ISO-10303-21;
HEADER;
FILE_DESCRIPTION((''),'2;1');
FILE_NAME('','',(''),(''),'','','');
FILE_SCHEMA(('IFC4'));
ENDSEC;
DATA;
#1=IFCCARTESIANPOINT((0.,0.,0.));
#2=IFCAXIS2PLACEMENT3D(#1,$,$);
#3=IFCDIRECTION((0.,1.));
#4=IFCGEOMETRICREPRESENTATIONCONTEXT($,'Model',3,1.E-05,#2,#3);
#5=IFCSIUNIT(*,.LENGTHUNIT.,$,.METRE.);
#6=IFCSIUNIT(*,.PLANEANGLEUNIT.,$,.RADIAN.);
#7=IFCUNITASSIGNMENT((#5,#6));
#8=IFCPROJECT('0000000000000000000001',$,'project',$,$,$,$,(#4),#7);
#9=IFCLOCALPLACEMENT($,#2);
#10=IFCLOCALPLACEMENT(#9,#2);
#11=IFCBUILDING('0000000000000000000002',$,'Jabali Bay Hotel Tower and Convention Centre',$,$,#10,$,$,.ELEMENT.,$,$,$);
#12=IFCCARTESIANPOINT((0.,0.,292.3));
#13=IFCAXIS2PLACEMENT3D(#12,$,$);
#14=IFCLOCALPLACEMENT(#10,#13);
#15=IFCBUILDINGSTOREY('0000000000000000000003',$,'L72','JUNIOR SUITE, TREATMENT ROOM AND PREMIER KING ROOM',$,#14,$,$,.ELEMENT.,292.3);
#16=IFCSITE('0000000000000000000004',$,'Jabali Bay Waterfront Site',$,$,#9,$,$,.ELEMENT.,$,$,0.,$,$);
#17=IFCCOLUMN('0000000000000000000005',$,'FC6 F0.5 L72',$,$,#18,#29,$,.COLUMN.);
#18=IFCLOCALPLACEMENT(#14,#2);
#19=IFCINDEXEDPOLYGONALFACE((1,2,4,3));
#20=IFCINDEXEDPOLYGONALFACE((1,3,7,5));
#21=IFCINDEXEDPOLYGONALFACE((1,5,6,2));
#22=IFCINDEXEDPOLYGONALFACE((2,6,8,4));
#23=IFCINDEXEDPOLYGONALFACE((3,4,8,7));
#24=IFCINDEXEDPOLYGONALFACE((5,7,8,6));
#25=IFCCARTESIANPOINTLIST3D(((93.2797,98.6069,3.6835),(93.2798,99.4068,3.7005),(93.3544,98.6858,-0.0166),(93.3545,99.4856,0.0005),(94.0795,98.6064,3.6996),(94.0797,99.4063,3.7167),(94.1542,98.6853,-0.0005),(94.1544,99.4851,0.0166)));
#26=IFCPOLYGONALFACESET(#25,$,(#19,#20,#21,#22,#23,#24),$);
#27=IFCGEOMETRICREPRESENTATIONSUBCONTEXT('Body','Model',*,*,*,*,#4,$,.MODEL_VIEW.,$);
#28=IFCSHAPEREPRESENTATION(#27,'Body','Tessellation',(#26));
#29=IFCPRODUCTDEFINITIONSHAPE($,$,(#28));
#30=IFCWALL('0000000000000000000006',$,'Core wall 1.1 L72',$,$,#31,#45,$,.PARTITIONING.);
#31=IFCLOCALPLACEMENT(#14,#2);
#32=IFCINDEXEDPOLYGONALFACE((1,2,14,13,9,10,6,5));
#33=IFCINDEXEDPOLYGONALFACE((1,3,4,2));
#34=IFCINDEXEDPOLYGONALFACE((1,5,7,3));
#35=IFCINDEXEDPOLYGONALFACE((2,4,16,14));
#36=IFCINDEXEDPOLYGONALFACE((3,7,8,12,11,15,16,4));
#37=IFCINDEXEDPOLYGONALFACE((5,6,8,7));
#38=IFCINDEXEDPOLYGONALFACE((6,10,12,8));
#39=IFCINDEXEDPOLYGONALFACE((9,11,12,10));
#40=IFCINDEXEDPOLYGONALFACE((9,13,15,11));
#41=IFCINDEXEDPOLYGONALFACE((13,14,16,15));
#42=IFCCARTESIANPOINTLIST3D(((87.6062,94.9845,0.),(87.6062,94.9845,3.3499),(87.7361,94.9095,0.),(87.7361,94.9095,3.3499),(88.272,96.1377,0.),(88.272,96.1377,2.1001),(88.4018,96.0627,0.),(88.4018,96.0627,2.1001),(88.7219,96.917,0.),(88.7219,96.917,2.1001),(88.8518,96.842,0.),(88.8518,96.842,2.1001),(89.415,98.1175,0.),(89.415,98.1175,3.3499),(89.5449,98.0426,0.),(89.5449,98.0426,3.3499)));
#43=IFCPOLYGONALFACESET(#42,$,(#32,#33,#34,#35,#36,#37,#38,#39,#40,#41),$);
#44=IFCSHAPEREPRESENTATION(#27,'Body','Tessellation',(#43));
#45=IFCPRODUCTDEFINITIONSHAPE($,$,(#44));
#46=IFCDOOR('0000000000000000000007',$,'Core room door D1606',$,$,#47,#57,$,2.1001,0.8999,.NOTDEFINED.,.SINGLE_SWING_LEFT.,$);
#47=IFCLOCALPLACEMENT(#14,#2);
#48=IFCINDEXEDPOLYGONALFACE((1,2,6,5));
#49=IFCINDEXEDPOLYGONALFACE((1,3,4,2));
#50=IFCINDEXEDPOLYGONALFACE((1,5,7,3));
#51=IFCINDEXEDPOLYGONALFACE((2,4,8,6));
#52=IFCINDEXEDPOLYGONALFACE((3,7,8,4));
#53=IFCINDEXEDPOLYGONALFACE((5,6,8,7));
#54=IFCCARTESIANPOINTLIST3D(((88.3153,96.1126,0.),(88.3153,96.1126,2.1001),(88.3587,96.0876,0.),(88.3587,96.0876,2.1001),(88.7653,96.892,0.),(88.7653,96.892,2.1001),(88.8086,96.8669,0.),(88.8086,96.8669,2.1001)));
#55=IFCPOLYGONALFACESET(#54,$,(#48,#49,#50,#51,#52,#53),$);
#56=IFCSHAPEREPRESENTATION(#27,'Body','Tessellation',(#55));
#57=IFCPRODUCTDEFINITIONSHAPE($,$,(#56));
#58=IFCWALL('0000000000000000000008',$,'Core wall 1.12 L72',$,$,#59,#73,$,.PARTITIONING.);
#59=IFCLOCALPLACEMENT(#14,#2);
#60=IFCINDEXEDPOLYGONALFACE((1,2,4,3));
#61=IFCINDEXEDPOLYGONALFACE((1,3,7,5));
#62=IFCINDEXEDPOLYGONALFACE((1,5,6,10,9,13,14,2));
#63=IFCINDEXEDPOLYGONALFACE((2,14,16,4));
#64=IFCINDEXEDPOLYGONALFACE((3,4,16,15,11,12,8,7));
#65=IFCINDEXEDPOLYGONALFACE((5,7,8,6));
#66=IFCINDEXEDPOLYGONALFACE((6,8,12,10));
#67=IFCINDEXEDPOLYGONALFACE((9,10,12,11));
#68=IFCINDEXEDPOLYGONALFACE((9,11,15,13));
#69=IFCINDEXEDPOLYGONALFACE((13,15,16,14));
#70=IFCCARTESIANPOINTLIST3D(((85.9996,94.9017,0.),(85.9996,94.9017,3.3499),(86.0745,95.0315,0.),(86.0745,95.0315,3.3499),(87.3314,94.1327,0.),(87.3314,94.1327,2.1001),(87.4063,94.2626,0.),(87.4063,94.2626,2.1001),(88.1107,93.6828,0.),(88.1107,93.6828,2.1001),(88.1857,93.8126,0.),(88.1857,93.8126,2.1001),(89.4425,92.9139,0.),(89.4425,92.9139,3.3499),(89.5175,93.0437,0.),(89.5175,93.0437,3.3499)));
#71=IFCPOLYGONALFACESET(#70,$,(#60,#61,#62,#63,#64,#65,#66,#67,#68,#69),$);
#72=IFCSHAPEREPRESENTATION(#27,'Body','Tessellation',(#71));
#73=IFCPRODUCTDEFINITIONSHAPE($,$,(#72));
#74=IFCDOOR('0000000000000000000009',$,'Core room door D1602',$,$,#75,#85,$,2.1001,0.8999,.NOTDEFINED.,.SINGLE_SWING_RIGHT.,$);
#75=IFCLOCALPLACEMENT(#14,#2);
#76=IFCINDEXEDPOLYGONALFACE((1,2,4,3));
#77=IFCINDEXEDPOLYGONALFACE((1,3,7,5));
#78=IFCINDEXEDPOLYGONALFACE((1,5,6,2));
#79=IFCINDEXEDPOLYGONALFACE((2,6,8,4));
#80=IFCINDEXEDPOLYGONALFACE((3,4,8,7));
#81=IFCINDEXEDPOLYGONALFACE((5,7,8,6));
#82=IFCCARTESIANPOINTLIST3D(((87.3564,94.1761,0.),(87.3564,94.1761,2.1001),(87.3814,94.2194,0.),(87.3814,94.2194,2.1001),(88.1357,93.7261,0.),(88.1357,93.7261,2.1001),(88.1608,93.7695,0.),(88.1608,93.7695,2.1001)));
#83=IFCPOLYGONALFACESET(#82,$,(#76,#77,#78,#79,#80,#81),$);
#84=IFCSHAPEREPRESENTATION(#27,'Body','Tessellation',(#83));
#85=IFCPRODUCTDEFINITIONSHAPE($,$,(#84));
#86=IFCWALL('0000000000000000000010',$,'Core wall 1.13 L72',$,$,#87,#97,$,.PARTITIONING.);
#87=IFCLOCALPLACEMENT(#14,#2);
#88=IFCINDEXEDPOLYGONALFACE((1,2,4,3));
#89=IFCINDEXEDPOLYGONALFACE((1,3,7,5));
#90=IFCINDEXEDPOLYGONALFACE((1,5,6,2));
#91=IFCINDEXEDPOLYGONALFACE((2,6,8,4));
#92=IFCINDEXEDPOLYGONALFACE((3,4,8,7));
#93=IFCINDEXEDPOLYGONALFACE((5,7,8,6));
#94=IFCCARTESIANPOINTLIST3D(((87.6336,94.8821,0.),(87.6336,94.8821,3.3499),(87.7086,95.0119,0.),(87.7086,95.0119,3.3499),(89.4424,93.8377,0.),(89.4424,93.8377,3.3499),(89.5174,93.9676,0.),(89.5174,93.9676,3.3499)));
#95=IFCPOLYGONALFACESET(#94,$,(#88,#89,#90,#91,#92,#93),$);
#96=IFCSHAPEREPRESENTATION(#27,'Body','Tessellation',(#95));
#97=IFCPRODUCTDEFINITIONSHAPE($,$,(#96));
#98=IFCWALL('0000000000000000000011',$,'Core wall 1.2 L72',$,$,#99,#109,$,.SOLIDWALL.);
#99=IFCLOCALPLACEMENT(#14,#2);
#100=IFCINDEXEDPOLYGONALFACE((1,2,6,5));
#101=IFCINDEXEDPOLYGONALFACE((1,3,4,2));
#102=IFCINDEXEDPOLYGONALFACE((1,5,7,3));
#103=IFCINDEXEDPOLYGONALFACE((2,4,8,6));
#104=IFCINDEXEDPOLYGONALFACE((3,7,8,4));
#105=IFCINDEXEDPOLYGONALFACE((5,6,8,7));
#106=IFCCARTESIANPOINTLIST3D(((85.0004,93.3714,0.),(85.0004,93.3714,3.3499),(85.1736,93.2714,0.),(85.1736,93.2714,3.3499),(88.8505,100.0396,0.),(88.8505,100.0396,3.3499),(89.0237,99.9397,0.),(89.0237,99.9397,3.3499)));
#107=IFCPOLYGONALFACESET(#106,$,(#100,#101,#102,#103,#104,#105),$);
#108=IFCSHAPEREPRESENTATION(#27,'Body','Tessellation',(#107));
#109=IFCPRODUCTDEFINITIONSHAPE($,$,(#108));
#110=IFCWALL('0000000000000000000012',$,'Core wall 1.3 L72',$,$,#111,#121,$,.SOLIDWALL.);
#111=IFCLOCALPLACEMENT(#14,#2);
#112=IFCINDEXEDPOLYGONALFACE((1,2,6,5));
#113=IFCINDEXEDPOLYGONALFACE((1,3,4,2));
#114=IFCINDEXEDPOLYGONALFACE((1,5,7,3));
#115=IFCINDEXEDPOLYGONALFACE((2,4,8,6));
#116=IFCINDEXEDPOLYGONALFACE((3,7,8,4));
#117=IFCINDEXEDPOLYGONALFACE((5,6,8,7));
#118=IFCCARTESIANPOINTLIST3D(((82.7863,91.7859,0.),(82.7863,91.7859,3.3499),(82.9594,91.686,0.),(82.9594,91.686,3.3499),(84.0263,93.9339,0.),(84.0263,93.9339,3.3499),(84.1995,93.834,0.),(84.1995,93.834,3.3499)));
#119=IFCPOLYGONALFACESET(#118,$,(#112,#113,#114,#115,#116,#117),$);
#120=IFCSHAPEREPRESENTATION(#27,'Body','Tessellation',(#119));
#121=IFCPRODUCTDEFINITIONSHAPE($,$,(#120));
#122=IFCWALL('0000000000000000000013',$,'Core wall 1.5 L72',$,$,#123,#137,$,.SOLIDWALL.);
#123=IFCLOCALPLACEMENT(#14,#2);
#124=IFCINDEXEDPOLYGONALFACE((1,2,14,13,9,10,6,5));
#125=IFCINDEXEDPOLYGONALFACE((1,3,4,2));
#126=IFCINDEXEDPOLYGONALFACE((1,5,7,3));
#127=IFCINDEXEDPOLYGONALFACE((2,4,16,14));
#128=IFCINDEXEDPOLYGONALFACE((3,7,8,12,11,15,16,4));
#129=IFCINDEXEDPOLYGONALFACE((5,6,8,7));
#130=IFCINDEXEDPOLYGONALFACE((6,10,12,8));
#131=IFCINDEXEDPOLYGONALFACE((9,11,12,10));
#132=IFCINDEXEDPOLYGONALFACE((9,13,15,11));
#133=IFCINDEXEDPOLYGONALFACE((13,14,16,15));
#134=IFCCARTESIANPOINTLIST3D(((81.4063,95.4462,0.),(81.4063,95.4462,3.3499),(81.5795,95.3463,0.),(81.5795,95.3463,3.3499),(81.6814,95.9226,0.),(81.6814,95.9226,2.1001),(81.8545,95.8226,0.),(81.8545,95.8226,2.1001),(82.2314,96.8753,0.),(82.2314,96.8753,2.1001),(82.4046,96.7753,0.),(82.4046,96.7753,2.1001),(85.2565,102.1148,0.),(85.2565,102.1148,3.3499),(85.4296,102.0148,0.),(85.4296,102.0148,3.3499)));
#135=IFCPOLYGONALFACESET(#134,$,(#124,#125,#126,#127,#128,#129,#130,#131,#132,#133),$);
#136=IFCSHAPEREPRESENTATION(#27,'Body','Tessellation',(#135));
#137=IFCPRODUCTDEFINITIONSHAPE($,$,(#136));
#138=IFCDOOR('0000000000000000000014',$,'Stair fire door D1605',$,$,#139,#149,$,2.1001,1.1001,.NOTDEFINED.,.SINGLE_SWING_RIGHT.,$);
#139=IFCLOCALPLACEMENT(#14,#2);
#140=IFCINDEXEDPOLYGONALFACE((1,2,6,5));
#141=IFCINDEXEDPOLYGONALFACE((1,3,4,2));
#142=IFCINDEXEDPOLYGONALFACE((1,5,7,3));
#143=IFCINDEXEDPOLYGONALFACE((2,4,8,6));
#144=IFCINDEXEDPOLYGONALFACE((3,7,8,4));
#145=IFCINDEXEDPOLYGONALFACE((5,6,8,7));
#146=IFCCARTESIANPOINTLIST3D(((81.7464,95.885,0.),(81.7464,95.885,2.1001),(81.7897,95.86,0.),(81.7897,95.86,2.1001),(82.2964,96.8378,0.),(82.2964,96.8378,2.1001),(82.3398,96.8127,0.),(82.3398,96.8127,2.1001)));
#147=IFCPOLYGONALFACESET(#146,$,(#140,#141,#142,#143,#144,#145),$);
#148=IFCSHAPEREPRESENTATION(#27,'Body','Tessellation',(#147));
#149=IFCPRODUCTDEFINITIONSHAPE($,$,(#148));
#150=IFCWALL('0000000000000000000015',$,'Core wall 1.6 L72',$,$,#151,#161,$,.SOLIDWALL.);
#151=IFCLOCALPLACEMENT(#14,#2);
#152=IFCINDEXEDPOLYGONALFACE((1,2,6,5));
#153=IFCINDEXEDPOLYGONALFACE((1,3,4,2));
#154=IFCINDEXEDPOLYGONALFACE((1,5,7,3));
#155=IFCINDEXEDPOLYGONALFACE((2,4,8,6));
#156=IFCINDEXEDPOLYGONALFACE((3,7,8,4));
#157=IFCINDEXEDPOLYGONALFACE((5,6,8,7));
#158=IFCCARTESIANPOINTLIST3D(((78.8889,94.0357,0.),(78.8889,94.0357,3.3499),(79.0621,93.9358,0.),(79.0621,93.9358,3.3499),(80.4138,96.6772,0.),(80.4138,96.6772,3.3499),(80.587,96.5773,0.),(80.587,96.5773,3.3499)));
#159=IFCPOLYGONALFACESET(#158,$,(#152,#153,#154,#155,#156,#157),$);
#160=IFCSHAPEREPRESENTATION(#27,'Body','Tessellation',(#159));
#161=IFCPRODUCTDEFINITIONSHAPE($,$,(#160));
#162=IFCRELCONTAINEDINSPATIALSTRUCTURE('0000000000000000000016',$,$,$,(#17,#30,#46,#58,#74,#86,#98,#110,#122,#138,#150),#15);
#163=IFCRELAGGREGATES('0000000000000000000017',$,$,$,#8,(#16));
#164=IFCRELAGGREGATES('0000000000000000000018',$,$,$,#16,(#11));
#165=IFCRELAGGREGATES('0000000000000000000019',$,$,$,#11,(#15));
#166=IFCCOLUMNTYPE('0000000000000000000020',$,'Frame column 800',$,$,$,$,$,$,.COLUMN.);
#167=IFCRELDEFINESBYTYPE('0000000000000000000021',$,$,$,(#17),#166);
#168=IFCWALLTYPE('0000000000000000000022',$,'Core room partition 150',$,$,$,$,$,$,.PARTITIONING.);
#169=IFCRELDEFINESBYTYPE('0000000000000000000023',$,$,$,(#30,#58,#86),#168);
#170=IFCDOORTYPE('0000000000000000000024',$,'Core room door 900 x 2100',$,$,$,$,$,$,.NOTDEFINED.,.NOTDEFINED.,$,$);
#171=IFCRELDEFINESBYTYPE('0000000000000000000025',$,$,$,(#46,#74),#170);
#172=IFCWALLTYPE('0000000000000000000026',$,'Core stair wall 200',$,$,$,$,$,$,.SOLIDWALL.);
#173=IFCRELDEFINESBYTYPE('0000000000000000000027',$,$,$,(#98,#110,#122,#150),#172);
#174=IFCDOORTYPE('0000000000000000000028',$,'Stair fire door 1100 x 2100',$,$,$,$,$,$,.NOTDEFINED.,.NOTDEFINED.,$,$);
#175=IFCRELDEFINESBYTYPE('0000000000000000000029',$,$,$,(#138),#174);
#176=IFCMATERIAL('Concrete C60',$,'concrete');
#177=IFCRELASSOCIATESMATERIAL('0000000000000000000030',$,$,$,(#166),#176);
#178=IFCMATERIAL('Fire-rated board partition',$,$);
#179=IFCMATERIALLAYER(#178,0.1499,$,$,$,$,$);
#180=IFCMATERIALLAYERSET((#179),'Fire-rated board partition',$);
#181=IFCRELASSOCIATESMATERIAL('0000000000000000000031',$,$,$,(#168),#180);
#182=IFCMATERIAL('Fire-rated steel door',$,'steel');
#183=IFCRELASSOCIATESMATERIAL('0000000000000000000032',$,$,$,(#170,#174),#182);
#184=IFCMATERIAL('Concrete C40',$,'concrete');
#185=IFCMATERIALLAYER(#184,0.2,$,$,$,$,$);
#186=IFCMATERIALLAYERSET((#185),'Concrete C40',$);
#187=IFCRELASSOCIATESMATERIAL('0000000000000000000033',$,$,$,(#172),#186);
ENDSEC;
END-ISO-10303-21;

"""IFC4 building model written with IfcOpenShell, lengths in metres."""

from ifc_helpers import new_model, si_unit, direction, frame, frame_2d, origin, origin_2d, place, context, subcontext, project, spatial, rectangle, extrude, material, layer, layer_set, material_profile, profile_set, type_object, element, fill, save


model = new_model("IFC4")

# Units and contexts
model_context = context("Model", 3, precision=1e-05, world=origin(), true_north=direction((0.0, 1.0)))
body_context = subcontext(model_context, "Body", "Model", "MODEL_VIEW")
ifc_project = project(units=[si_unit("LENGTHUNIT", "METRE"), si_unit("PLANEANGLEUNIT", "RADIAN")], contexts=[model_context])

# Site, building, storey
site_placement = place(None, origin())
site = spatial("IfcSite", under=ifc_project, at=site_placement, Name="Jabali Bay Waterfront Site", CompositionType="ELEMENT", RefElevation=0.0)
building_placement = place(site_placement, origin())
building = spatial("IfcBuilding", under=site, at=building_placement, Name="Jabali Bay Hotel Tower and Convention Centre", CompositionType="ELEMENT")
storey_placement = place(building_placement, frame((0.0, 0.0, 292.3)))
storey = spatial("IfcBuildingStorey", under=building, at=storey_placement, Name="L72", Description="JUNIOR SUITE, TREATMENT ROOM AND PREMIER KING ROOM", CompositionType="ELEMENT", Elevation=292.3)

# Column
ifc_material_1 = material(Name="Concrete C60", Category="concrete")
ifc_material_profile = material_profile(ifc_material_1, rectangle(XDim=0.8, YDim=0.8, at=origin_2d()), Name="Frame column 800")
ifc_profile_set = profile_set([ifc_material_profile], Name="Concrete C60")
column_type = type_object("IfcColumnType", Name="Frame column 800", PredefinedType="COLUMN", material=ifc_profile_set)
column_placement = place(storey_placement, frame((93.7544, 99.0854, 0.0), z_axis=(-0.020183, -0.021304, 0.999569), x_axis=(0.999796, -0.000652, 0.020173)))
element("IfcColumn", 1, at=column_placement, inside=storey, type_object=column_type, Name="FC6 F0.5 L72", PredefinedType="COLUMN", context=body_context, shape_type="SweptSolid", body=[
    extrude(rectangle(XDim=0.8, YDim=0.8, at=origin_2d()), origin(), (0.0, 0.0, 1.0), 3.7017),
])

# Walls, openings, doors
ifc_material_2 = material(Name="Fire-rated board partition")
ifc_layer_1 = layer(ifc_material_2, 0.1499)
ifc_layer_set_1 = layer_set([ifc_layer_1], Name="Fire-rated board partition")
wall_type_1 = type_object("IfcWallType", Name="Core room partition 150", PredefinedType="PARTITIONING", material=ifc_layer_set_1)
wall_1_placement = place(storey_placement, frame((87.6711, 94.947, 0.0), z_axis=(0.0, 0.0, 1.0), x_axis=(0.499993, 0.866029, 0.0)))
wall_1 = element("IfcWall", 2, at=wall_1_placement, inside=storey, type_object=wall_type_1, Name="Core wall 1.1 L72", PredefinedType="PARTITIONING", context=body_context, shape_type="SweptSolid", body=[
    extrude(rectangle(XDim=3.6177, YDim=0.1499, at=frame_2d((1.8088, 0.0))), origin(), (0.0, 0.0, 1.0), 3.3499),
])
opening_1_placement = place(wall_1_placement, frame((1.3315, 0.0, 0.0)))
opening_1 = element("IfcOpeningElement", 3, at=opening_1_placement, cuts=wall_1, PredefinedType="OPENING", context=body_context, shape_type="SweptSolid", body=[
    extrude(rectangle(XDim=0.8999, YDim=2.1001, at=frame_2d((0.45, 1.05))), frame((0.0, 0.0854, 0.0), z_axis=(0.0, -1.0, 0.0), x_axis=(1.0, 0.0, 0.0)), (0.0, 0.0, 1.0), 0.1709),
])
ifc_material_3 = material(Name="Fire-rated steel door", Category="steel")
door_type_1 = type_object("IfcDoorType", Name="Core room door 900 x 2100", OperationType="NOTDEFINED", PredefinedType="NOTDEFINED", material=ifc_material_3)
door_1_placement = place(opening_1_placement, origin())
door_1 = element("IfcDoor", 4, at=door_1_placement, inside=storey, type_object=door_type_1, Name="Core room door D1606", OperationType="SINGLE_SWING_LEFT", OverallHeight=2.1001, OverallWidth=0.8999, PredefinedType="NOTDEFINED", context=body_context, shape_type="SweptSolid", body=[
    extrude(rectangle(XDim=0.8999, YDim=2.1001, at=frame_2d((0.45, 1.05))), frame((0.0, 0.0249, 0.0), z_axis=(0.0, -1.0, 0.0), x_axis=(1.0, 0.0, 0.0)), (0.0, 0.0, 1.0), 0.05),
])
fill(opening_1, door_1)
wall_2_placement = place(storey_placement, frame((89.48, 92.9788, 0.0), z_axis=(0.0, 0.0, 1.0), x_axis=(-0.86602, 0.50001, 0.0)))
wall_2 = element("IfcWall", 5, at=wall_2_placement, inside=storey, type_object=wall_type_1, Name="Core wall 1.12 L72", PredefinedType="PARTITIONING", context=body_context, shape_type="SweptSolid", body=[
    extrude(rectangle(XDim=3.9756, YDim=0.1499, at=frame_2d((1.9878, 0.0))), origin(), (0.0, 0.0, 1.0), 3.3499),
])
opening_2_placement = place(wall_2_placement, frame((1.5378, 0.0, 0.0)))
opening_2 = element("IfcOpeningElement", 6, at=opening_2_placement, cuts=wall_2, PredefinedType="OPENING", context=body_context, shape_type="SweptSolid", body=[
    extrude(rectangle(XDim=0.8999, YDim=2.1001, at=frame_2d((0.45, 1.05))), frame((0.0, 0.0854, 0.0), z_axis=(0.0, -1.0, 0.0), x_axis=(1.0, 0.0, 0.0)), (0.0, 0.0, 1.0), 0.1709),
])
door_2_placement = place(opening_2_placement, origin())
door_2 = element("IfcDoor", 7, at=door_2_placement, inside=storey, type_object=door_type_1, Name="Core room door D1602", OperationType="SINGLE_SWING_RIGHT", OverallHeight=2.1001, OverallWidth=0.8999, PredefinedType="NOTDEFINED", context=body_context, shape_type="SweptSolid", body=[
    extrude(rectangle(XDim=0.8999, YDim=2.1001, at=frame_2d((0.45, 1.05))), frame((0.0, 0.0249, 0.0), z_axis=(0.0, -1.0, 0.0), x_axis=(1.0, 0.0, 0.0)), (0.0, 0.0, 1.0), 0.05),
])
fill(opening_2, door_2)

# Walls
wall_3_placement = place(storey_placement, frame((89.48, 93.9026, 0.0), z_axis=(0.0, 0.0, 1.0), x_axis=(-0.866005, 0.500036, 0.0)))
element("IfcWall", 8, at=wall_3_placement, inside=storey, type_object=wall_type_1, Name="Core wall 1.13 L72", PredefinedType="PARTITIONING", context=body_context, shape_type="SweptSolid", body=[
    extrude(rectangle(XDim=2.0886, YDim=0.1499, at=frame_2d((1.0444, 0.0))), origin(), (0.0, 0.0, 1.0), 3.3499),
])
ifc_material_4 = material(Name="Concrete C40", Category="concrete")
ifc_layer_2 = layer(ifc_material_4, 0.2)
ifc_layer_set_2 = layer_set([ifc_layer_2], Name="Concrete C40")
wall_type_2 = type_object("IfcWallType", Name="Core stair wall 200", PredefinedType="SOLIDWALL", material=ifc_layer_set_2)
wall_4_placement = place(storey_placement, frame((85.0869, 93.3213, 0.0), z_axis=(0.0, 0.0, 1.0), x_axis=(0.50002, 0.866014, 0.0)))
element("IfcWall", 9, at=wall_4_placement, inside=storey, type_object=wall_type_2, Name="Core wall 1.2 L72", PredefinedType="SOLIDWALL", context=body_context, shape_type="SweptSolid", body=[
    extrude(rectangle(XDim=7.7, YDim=0.2, at=frame_2d((3.8501, 0.0))), origin(), (0.0, 0.0, 1.0), 3.3499),
])
wall_5_placement = place(storey_placement, frame((82.8728, 91.7358, 0.0), z_axis=(0.0, 0.0, 1.0), x_axis=(0.499961, 0.866048, 0.0)))
element("IfcWall", 10, at=wall_5_placement, inside=storey, type_object=wall_type_2, Name="Core wall 1.3 L72", PredefinedType="SOLIDWALL", context=body_context, shape_type="SweptSolid", body=[
    extrude(rectangle(XDim=2.4802, YDim=0.2, at=frame_2d((1.2402, 0.0))), origin(), (0.0, 0.0, 1.0), 3.3499),
])

# Wall, opening, door
wall_6_placement = place(storey_placement, frame((81.4929, 95.3962, 0.0), z_axis=(0.0, 0.0, 1.0), x_axis=(0.500006, 0.866022, 0.0)))
wall_6 = element("IfcWall", 11, at=wall_6_placement, inside=storey, type_object=wall_type_2, Name="Core wall 1.5 L72", PredefinedType="SOLIDWALL", context=body_context, shape_type="SweptSolid", body=[
    extrude(rectangle(XDim=7.7002, YDim=0.2, at=frame_2d((3.8501, 0.0))), origin(), (0.0, 0.0, 1.0), 3.3499),
])
opening_3_placement = place(wall_6_placement, frame((0.55, 0.0, 0.0)))
opening_3 = element("IfcOpeningElement", 12, at=opening_3_placement, cuts=wall_6, PredefinedType="OPENING", context=body_context, shape_type="SweptSolid", body=[
    extrude(rectangle(XDim=1.1001, YDim=2.1001, at=frame_2d((0.55, 1.05))), frame((0.0, 0.1104, 0.0), z_axis=(0.0, -1.0, 0.0), x_axis=(1.0, 0.0, 0.0)), (0.0, 0.0, 1.0), 0.2209),
])
door_type_2 = type_object("IfcDoorType", Name="Stair fire door 1100 x 2100", OperationType="NOTDEFINED", PredefinedType="NOTDEFINED", material=ifc_material_3)
door_3_placement = place(opening_3_placement, origin())
door_3 = element("IfcDoor", 13, at=door_3_placement, inside=storey, type_object=door_type_2, Name="Stair fire door D1605", OperationType="SINGLE_SWING_RIGHT", OverallHeight=2.1001, OverallWidth=1.1001, PredefinedType="NOTDEFINED", context=body_context, shape_type="SweptSolid", body=[
    extrude(rectangle(XDim=1.1001, YDim=2.1001, at=frame_2d((0.55, 1.05))), frame((0.0, 0.0249, 0.0), z_axis=(0.0, -1.0, 0.0), x_axis=(1.0, 0.0, 0.0)), (0.0, 0.0, 1.0), 0.05),
])
fill(opening_3, door_3)

# Wall
wall_7_placement = place(storey_placement, frame((78.9756, 93.9858, 0.0), z_axis=(0.0, 0.0, 1.0), x_axis=(0.499944, 0.866058, 0.0)))
element("IfcWall", 14, at=wall_7_placement, inside=storey, type_object=wall_type_2, Name="Core wall 1.6 L72", PredefinedType="SOLIDWALL", context=body_context, shape_type="SweptSolid", body=[
    extrude(rectangle(XDim=3.05, YDim=0.2, at=frame_2d((1.5249, 0.0))), origin(), (0.0, 0.0, 1.0), 3.3499),
])

save(model, "model.ifc")
